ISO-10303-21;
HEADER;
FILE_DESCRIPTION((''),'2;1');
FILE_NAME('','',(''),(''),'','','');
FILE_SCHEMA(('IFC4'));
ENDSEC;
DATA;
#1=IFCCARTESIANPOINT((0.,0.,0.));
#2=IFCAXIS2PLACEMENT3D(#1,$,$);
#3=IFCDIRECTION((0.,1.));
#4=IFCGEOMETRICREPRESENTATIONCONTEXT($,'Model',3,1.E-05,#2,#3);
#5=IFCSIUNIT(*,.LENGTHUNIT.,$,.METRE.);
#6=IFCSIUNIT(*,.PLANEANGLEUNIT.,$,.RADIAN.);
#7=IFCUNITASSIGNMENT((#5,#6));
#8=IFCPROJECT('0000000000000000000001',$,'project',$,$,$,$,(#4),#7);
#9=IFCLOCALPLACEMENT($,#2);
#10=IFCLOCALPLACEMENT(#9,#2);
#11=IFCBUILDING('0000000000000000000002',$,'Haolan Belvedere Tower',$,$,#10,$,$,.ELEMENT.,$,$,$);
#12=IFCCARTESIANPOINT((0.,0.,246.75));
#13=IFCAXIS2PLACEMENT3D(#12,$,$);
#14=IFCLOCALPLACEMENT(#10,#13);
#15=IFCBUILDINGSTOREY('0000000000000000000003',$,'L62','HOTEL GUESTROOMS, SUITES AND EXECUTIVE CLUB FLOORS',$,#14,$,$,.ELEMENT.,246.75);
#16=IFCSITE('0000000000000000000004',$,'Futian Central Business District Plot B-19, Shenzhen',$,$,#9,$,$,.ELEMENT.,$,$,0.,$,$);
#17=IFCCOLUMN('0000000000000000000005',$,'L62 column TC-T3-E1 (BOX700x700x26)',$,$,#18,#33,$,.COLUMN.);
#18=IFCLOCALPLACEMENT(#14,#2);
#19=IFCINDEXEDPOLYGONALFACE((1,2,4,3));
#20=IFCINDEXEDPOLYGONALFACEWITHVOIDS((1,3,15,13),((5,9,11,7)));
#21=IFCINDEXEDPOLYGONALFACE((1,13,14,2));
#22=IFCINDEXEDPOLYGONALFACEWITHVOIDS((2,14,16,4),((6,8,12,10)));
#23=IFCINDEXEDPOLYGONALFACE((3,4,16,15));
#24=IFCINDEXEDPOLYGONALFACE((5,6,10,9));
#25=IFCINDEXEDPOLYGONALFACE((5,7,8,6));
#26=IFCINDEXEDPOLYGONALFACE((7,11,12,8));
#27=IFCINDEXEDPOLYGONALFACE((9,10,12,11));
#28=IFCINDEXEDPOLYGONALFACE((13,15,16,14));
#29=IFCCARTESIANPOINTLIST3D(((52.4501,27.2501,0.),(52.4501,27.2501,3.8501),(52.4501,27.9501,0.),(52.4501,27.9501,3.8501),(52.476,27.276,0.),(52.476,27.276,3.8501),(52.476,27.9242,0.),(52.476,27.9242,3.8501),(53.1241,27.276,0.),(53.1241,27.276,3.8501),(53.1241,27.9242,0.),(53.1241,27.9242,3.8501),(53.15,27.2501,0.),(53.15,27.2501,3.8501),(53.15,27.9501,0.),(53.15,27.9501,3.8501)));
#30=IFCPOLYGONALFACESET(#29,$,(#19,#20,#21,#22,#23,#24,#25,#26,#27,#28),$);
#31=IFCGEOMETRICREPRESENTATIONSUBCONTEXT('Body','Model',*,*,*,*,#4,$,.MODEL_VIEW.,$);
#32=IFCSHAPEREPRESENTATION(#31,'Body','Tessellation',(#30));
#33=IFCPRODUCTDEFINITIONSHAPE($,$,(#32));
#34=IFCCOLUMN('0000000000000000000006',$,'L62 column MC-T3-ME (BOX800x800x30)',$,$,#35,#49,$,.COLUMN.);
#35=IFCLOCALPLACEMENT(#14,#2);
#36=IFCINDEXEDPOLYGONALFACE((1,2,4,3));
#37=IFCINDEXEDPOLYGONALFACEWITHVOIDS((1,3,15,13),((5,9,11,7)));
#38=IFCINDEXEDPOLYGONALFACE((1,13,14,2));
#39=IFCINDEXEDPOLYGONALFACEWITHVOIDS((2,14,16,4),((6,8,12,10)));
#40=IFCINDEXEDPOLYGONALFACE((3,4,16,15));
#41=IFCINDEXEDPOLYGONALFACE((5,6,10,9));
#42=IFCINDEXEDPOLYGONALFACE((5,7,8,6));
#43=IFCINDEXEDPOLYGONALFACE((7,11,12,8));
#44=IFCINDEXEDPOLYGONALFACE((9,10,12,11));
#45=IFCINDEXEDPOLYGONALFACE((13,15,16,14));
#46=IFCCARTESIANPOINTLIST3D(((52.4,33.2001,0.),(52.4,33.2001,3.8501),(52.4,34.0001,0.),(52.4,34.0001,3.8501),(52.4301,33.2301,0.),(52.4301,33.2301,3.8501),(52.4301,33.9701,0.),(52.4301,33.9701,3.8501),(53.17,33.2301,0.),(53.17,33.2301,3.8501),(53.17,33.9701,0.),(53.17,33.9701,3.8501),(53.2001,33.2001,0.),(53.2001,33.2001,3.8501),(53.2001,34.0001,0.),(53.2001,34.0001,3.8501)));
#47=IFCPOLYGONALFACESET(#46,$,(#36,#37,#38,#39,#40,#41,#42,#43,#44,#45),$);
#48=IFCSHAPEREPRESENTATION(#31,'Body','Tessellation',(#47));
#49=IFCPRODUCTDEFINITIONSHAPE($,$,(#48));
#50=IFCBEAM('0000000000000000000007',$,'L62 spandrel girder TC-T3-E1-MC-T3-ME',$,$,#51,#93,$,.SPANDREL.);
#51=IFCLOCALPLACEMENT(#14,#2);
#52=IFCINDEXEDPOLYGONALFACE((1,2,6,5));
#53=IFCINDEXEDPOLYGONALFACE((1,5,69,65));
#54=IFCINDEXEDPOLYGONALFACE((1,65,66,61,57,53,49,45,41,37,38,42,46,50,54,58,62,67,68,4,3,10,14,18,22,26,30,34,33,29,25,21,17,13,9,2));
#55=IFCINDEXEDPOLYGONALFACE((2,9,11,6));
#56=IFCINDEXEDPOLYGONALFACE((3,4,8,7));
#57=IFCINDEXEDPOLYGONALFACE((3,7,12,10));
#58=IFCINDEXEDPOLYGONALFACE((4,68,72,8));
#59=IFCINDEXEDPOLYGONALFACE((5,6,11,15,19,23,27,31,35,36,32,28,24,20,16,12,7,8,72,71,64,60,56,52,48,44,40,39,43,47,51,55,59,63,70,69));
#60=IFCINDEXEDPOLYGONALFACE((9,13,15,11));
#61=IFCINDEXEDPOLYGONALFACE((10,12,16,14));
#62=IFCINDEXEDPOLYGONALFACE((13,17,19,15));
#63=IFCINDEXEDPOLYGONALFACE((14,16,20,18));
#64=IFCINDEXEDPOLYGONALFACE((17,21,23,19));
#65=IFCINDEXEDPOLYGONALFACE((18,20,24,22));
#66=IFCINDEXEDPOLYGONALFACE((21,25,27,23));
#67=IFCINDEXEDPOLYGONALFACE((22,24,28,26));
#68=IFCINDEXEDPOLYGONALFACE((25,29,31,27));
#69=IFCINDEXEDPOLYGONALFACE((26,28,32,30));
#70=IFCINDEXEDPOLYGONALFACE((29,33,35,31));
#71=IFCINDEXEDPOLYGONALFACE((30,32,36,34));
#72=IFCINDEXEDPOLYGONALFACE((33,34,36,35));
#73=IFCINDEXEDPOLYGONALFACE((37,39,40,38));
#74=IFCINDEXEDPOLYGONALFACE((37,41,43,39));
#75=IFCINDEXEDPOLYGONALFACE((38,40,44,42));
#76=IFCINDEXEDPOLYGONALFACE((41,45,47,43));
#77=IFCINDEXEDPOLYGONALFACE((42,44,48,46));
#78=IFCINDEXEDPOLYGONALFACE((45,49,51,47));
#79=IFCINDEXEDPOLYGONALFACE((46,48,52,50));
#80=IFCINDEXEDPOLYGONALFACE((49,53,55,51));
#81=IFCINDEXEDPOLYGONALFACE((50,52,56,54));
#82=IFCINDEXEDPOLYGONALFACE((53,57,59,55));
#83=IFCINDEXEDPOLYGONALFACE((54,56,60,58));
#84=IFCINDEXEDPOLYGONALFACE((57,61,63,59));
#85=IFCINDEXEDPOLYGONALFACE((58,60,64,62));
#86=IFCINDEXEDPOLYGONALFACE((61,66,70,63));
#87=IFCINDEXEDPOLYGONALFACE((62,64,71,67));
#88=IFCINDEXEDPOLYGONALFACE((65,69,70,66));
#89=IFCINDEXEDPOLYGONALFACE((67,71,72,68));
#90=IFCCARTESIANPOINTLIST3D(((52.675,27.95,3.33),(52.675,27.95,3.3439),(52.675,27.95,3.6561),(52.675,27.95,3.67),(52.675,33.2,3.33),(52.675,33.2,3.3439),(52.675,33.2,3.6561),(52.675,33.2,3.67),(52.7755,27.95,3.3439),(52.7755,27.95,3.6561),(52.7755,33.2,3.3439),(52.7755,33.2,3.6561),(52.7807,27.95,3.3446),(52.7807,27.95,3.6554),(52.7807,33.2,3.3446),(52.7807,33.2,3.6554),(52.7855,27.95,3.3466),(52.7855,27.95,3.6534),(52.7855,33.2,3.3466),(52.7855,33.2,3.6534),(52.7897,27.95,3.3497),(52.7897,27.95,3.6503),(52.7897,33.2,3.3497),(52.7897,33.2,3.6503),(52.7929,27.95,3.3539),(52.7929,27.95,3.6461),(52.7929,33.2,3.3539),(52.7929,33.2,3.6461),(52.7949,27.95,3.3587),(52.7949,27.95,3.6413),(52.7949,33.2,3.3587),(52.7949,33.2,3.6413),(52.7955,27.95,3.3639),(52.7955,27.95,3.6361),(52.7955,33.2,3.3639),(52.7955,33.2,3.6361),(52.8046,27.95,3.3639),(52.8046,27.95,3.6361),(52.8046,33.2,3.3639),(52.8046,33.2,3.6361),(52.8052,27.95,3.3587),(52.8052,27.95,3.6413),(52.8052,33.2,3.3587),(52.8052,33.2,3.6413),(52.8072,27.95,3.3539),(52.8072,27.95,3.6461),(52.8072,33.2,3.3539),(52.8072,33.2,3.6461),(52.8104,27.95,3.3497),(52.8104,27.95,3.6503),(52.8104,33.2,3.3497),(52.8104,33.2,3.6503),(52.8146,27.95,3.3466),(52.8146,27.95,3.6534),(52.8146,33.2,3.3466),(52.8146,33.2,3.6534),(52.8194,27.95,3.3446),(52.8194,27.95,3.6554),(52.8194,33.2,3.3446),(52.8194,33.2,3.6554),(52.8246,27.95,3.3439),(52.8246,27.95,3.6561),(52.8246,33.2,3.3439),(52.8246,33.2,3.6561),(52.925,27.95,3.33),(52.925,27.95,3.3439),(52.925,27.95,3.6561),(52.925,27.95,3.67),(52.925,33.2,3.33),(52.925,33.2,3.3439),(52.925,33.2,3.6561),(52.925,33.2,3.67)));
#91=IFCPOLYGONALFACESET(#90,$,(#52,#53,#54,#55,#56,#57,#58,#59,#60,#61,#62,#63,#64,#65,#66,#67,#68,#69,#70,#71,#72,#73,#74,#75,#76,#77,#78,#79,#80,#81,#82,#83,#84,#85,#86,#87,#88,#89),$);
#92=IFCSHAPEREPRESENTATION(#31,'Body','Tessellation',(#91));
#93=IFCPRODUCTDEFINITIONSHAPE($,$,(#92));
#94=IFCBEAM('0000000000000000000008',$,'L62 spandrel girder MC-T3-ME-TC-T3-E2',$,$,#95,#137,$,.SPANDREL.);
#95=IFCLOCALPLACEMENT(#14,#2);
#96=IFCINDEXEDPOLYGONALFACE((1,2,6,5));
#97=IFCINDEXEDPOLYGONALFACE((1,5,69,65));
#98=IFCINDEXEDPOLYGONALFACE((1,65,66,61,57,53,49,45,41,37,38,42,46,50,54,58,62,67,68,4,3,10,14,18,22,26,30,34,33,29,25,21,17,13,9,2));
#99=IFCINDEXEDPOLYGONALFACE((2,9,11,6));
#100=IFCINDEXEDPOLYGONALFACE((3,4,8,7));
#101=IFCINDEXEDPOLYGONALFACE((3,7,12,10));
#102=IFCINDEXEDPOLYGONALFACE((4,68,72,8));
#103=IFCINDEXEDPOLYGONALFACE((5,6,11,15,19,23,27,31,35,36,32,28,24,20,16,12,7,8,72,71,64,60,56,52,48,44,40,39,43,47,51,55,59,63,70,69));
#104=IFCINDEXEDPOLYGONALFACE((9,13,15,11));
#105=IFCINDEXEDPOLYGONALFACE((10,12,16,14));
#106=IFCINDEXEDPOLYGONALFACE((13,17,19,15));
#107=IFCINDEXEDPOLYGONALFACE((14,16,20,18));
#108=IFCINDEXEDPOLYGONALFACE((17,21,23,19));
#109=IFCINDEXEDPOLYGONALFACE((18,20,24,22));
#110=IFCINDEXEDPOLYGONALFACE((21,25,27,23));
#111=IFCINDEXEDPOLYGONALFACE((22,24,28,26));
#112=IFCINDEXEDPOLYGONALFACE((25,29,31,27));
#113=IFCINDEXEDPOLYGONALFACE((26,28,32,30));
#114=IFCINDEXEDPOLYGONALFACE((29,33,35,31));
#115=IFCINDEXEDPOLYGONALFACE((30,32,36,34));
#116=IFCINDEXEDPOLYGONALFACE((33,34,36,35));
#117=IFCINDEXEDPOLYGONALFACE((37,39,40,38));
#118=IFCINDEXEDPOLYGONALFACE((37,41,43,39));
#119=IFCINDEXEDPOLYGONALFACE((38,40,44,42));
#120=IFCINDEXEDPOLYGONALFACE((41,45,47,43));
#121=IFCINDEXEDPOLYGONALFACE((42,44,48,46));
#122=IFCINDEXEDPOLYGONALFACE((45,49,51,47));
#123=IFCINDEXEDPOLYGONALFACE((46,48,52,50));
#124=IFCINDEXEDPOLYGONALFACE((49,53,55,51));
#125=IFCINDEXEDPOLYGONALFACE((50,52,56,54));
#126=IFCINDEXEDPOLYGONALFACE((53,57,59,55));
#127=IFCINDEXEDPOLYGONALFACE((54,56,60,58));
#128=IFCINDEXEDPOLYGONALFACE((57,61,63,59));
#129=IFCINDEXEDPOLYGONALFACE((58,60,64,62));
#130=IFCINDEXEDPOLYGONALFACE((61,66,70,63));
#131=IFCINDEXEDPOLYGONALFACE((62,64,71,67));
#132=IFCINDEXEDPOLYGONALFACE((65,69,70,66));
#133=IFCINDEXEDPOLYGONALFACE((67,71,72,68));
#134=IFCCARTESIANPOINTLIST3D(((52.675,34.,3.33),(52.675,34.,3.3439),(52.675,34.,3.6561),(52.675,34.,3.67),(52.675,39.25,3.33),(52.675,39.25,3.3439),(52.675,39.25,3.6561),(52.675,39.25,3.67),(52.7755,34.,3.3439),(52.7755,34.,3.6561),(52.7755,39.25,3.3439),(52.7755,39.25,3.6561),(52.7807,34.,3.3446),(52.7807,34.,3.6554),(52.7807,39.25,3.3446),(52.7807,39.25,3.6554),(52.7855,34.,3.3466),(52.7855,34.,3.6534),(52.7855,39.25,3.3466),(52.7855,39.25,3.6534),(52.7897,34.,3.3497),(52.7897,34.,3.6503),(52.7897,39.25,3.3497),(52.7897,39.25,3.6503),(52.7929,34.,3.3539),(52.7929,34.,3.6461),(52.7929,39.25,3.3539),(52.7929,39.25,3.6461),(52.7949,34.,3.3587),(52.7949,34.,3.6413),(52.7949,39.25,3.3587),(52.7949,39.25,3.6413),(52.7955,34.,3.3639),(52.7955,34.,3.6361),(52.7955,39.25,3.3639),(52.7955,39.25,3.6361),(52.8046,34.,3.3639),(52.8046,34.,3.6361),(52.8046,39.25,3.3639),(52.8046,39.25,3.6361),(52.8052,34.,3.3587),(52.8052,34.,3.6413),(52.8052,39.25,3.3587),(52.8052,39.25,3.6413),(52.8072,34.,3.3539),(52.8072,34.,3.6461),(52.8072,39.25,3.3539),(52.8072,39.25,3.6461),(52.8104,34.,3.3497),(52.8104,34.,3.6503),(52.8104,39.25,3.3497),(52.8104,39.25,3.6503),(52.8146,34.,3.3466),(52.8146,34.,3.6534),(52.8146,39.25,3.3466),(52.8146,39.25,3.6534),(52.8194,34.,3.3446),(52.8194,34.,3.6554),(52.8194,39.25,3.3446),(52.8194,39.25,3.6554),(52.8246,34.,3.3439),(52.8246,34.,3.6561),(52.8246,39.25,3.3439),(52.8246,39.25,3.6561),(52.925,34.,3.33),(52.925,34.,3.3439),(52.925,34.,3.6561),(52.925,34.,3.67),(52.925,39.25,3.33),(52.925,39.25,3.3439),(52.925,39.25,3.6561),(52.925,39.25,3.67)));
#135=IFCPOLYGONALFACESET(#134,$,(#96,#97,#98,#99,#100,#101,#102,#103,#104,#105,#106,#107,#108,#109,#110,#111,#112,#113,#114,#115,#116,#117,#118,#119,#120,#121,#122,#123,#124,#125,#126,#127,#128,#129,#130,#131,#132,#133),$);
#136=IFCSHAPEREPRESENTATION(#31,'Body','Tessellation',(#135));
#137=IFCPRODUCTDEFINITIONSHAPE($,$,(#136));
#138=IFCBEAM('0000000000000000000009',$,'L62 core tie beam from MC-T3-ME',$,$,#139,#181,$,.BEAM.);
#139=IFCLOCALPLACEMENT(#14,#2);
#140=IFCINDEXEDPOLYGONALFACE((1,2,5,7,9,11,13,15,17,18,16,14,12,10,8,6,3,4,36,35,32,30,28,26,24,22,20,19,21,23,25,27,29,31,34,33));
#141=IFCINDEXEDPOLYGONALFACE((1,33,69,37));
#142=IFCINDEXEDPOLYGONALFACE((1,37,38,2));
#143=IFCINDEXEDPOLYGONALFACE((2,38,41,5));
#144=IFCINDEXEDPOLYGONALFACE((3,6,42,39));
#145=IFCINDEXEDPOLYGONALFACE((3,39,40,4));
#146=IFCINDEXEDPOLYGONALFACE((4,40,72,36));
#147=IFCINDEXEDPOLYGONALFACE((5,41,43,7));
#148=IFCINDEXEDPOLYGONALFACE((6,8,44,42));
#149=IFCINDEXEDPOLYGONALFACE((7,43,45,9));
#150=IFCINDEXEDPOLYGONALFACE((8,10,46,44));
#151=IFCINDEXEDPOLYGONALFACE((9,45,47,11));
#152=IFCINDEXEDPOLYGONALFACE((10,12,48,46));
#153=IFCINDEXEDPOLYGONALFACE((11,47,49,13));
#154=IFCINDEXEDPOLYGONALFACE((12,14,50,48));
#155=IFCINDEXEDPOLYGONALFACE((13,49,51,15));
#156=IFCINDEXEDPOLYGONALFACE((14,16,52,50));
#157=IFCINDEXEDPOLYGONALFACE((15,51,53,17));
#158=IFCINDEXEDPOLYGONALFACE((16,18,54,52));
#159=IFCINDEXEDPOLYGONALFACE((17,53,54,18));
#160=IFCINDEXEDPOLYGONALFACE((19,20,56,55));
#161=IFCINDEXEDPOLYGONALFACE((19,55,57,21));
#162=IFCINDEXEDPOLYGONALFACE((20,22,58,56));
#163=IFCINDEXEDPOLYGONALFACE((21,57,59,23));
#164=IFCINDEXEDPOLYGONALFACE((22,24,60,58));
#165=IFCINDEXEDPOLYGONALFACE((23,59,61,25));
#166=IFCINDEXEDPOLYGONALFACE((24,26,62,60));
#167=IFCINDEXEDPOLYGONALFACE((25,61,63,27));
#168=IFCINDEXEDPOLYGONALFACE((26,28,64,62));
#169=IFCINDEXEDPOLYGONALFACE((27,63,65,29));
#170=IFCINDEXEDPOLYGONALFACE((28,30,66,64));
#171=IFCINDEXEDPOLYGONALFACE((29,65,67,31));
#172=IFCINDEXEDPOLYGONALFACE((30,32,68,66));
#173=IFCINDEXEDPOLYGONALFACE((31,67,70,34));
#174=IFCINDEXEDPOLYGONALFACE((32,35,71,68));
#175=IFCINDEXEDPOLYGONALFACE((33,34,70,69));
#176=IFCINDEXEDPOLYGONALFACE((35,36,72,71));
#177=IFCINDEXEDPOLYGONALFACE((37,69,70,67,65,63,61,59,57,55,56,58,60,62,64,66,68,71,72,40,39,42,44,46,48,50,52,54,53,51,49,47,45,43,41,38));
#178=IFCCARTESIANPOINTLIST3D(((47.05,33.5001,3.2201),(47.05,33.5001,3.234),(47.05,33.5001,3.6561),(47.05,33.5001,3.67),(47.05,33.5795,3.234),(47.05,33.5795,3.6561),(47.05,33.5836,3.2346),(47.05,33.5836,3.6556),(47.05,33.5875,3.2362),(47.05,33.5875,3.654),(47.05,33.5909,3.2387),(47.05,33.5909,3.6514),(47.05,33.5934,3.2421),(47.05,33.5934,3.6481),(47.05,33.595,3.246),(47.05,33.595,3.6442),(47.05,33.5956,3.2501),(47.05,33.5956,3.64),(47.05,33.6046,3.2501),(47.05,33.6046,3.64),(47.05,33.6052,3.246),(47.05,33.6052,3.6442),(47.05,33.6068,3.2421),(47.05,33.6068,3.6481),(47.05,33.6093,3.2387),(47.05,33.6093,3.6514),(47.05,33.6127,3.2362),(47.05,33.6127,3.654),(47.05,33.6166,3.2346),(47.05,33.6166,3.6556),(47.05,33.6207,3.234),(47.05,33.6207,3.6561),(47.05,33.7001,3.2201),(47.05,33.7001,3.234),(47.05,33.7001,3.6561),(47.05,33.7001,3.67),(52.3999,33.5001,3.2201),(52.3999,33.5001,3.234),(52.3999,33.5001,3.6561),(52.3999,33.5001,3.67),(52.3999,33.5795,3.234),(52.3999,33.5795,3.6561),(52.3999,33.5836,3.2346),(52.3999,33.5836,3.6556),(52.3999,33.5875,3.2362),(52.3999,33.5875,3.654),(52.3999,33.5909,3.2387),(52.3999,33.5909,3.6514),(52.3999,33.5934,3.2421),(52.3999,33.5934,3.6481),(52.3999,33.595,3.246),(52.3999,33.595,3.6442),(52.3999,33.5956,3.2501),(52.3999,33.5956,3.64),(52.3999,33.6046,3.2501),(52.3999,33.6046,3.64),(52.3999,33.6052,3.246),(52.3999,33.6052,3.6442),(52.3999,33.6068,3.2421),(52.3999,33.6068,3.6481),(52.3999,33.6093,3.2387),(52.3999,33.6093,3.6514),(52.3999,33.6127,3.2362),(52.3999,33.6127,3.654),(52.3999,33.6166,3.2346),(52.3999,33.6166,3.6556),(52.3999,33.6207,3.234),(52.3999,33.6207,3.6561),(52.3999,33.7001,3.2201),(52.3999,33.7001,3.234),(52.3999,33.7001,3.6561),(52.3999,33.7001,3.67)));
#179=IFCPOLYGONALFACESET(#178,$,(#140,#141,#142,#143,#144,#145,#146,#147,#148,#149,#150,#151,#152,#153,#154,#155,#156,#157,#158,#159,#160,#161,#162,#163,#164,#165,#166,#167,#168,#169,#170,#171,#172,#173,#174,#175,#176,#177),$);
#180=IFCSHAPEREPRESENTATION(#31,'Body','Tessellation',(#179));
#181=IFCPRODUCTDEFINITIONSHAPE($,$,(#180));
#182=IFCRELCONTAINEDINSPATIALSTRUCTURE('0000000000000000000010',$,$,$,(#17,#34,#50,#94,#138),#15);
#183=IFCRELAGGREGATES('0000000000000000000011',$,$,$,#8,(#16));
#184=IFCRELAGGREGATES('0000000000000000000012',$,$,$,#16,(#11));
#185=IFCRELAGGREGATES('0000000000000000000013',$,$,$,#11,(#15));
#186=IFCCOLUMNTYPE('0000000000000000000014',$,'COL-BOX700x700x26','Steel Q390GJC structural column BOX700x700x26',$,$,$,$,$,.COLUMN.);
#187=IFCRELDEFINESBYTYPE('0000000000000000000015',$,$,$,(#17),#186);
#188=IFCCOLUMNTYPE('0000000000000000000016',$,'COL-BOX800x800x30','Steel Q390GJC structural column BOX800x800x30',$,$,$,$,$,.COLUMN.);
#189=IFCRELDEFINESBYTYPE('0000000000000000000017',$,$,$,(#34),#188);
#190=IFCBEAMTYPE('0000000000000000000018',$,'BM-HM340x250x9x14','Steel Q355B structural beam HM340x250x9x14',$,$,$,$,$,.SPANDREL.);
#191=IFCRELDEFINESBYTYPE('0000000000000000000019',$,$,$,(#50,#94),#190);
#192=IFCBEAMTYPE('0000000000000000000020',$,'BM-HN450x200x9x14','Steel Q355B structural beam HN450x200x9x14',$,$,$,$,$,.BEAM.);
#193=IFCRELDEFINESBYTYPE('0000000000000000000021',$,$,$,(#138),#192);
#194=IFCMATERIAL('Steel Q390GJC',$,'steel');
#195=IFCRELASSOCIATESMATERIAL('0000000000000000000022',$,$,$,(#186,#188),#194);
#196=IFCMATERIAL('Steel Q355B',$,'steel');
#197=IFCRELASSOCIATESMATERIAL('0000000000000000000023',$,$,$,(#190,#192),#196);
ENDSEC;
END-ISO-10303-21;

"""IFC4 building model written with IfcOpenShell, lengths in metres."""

from ifc_helpers import new_model, si_unit, direction, frame, origin, origin_2d, place, context, subcontext, project, spatial, hollow_rectangle, i_section, extrude, material, material_profile, profile_set, type_object, element, save


model = new_model("IFC4")

# Units and contexts
model_context = context("Model", 3, precision=1e-05, world=origin(), true_north=direction((0.0, 1.0)))
body_context = subcontext(model_context, "Body", "Model", "MODEL_VIEW")
ifc_project = project(units=[si_unit("LENGTHUNIT", "METRE"), si_unit("PLANEANGLEUNIT", "RADIAN")], contexts=[model_context])

# Site, building, storey
site_placement = place(None, origin())
site = spatial("IfcSite", under=ifc_project, at=site_placement, Name="Futian Central Business District Plot B-19, Shenzhen", CompositionType="ELEMENT", RefElevation=0.0)
building_placement = place(site_placement, origin())
building = spatial("IfcBuilding", under=site, at=building_placement, Name="Haolan Belvedere Tower", CompositionType="ELEMENT")
storey_placement = place(building_placement, frame((0.0, 0.0, 246.75)))
storey = spatial("IfcBuildingStorey", under=building, at=storey_placement, Name="L62", Description="HOTEL GUESTROOMS, SUITES AND EXECUTIVE CLUB FLOORS", CompositionType="ELEMENT", Elevation=246.75)

# Columns
ifc_material_1 = material(Name="Steel Q390GJC", Category="steel")
ifc_material_profile_1 = material_profile(ifc_material_1, hollow_rectangle(XDim=0.7, YDim=0.7, WallThickness=0.0259, at=origin_2d()), Name="Steel Q390GJC")
ifc_profile_set_1 = profile_set([ifc_material_profile_1], Name="Steel Q390GJC")
column_type_1 = type_object("IfcColumnType", Name="COL-BOX700x700x26", Description="Steel Q390GJC structural column BOX700x700x26", PredefinedType="COLUMN", material=ifc_profile_set_1)
column_1_placement = place(storey_placement, frame((52.8, 27.6001, 0.0), z_axis=(0.0, 0.0, 1.0), x_axis=(1.0, 0.0, 0.0)))
element("IfcColumn", 1, at=column_1_placement, inside=storey, type_object=column_type_1, Name="L62 column TC-T3-E1 (BOX700x700x26)", PredefinedType="COLUMN", context=body_context, shape_type="SweptSolid", body=[
    extrude(hollow_rectangle(XDim=0.7, YDim=0.7, WallThickness=0.0259, at=origin_2d()), origin(), (0.0, 0.0, 1.0), 3.8501),
])
ifc_material_profile_2 = material_profile(ifc_material_1, hollow_rectangle(XDim=0.8, YDim=0.8, WallThickness=0.03, at=origin_2d()), Name="Steel Q390GJC")
ifc_profile_set_2 = profile_set([ifc_material_profile_2], Name="Steel Q390GJC")
column_type_2 = type_object("IfcColumnType", Name="COL-BOX800x800x30", Description="Steel Q390GJC structural column BOX800x800x30", PredefinedType="COLUMN", material=ifc_profile_set_2)
column_2_placement = place(storey_placement, frame((52.8, 33.6001, 0.0), z_axis=(0.0, 0.0, 1.0), x_axis=(1.0, 0.0, 0.0)))
element("IfcColumn", 2, at=column_2_placement, inside=storey, type_object=column_type_2, Name="L62 column MC-T3-ME (BOX800x800x30)", PredefinedType="COLUMN", context=body_context, shape_type="SweptSolid", body=[
    extrude(hollow_rectangle(XDim=0.8, YDim=0.8, WallThickness=0.03, at=origin_2d()), origin(), (0.0, 0.0, 1.0), 3.8501),
])

# Beams
ifc_material_2 = material(Name="Steel Q355B", Category="steel")
ifc_material_profile_3 = material_profile(ifc_material_2, i_section(OverallWidth=0.25, OverallDepth=0.3401, WebThickness=0.009, FlangeThickness=0.0139, FilletRadius=0.02, at=origin_2d()), Name="Steel Q355B")
ifc_profile_set_3 = profile_set([ifc_material_profile_3], Name="Steel Q355B")
beam_type_1 = type_object("IfcBeamType", Name="BM-HM340x250x9x14", Description="Steel Q355B structural beam HM340x250x9x14", PredefinedType="SPANDREL", material=ifc_profile_set_3)
for number, where, z_axis, x_axis, name in (
    (3, (52.8, 27.95, 3.5), (0.0, 1.0, 0.0), (-1.0, 0.0, 0.0), "L62 spandrel girder TC-T3-E1-MC-T3-ME"),
    (4, (52.8, 34.0, 3.5), (0.0, 1.0, 0.0), (-1.0, 0.0, 0.0), "L62 spandrel girder MC-T3-ME-TC-T3-E2"),
):
    element("IfcBeam", number, at=place(storey_placement, frame(where, z_axis=z_axis, x_axis=x_axis)), inside=storey, type_object=beam_type_1, Name=name, PredefinedType="SPANDREL", context=body_context, shape_type="SweptSolid", body=[
        extrude(i_section(OverallWidth=0.25, OverallDepth=0.3401, WebThickness=0.009, FlangeThickness=0.0139, FilletRadius=0.02, at=origin_2d()), origin(), (0.0, 0.0, 1.0), 5.25),
    ])
ifc_material_profile_4 = material_profile(ifc_material_2, i_section(OverallWidth=0.2, OverallDepth=0.45, WebThickness=0.009, FlangeThickness=0.0139, FilletRadius=0.0161, at=origin_2d()), Name="Steel Q355B")
ifc_profile_set_4 = profile_set([ifc_material_profile_4], Name="Steel Q355B")
beam_type_2 = type_object("IfcBeamType", Name="BM-HN450x200x9x14", Description="Steel Q355B structural beam HN450x200x9x14", PredefinedType="BEAM", material=ifc_profile_set_4)
beam_1_placement = place(storey_placement, frame((52.3999, 33.6001, 3.4451), z_axis=(-1.0, 0.0, 0.0), x_axis=(0.0, -1.0, 0.0)))
element("IfcBeam", 5, at=beam_1_placement, inside=storey, type_object=beam_type_2, Name="L62 core tie beam from MC-T3-ME", PredefinedType="BEAM", context=body_context, shape_type="SweptSolid", body=[
    extrude(i_section(OverallWidth=0.2, OverallDepth=0.45, WebThickness=0.009, FlangeThickness=0.0139, FilletRadius=0.0161, at=origin_2d()), origin(), (0.0, 0.0, 1.0), 5.3499),
])

save(model, "model.ifc")
